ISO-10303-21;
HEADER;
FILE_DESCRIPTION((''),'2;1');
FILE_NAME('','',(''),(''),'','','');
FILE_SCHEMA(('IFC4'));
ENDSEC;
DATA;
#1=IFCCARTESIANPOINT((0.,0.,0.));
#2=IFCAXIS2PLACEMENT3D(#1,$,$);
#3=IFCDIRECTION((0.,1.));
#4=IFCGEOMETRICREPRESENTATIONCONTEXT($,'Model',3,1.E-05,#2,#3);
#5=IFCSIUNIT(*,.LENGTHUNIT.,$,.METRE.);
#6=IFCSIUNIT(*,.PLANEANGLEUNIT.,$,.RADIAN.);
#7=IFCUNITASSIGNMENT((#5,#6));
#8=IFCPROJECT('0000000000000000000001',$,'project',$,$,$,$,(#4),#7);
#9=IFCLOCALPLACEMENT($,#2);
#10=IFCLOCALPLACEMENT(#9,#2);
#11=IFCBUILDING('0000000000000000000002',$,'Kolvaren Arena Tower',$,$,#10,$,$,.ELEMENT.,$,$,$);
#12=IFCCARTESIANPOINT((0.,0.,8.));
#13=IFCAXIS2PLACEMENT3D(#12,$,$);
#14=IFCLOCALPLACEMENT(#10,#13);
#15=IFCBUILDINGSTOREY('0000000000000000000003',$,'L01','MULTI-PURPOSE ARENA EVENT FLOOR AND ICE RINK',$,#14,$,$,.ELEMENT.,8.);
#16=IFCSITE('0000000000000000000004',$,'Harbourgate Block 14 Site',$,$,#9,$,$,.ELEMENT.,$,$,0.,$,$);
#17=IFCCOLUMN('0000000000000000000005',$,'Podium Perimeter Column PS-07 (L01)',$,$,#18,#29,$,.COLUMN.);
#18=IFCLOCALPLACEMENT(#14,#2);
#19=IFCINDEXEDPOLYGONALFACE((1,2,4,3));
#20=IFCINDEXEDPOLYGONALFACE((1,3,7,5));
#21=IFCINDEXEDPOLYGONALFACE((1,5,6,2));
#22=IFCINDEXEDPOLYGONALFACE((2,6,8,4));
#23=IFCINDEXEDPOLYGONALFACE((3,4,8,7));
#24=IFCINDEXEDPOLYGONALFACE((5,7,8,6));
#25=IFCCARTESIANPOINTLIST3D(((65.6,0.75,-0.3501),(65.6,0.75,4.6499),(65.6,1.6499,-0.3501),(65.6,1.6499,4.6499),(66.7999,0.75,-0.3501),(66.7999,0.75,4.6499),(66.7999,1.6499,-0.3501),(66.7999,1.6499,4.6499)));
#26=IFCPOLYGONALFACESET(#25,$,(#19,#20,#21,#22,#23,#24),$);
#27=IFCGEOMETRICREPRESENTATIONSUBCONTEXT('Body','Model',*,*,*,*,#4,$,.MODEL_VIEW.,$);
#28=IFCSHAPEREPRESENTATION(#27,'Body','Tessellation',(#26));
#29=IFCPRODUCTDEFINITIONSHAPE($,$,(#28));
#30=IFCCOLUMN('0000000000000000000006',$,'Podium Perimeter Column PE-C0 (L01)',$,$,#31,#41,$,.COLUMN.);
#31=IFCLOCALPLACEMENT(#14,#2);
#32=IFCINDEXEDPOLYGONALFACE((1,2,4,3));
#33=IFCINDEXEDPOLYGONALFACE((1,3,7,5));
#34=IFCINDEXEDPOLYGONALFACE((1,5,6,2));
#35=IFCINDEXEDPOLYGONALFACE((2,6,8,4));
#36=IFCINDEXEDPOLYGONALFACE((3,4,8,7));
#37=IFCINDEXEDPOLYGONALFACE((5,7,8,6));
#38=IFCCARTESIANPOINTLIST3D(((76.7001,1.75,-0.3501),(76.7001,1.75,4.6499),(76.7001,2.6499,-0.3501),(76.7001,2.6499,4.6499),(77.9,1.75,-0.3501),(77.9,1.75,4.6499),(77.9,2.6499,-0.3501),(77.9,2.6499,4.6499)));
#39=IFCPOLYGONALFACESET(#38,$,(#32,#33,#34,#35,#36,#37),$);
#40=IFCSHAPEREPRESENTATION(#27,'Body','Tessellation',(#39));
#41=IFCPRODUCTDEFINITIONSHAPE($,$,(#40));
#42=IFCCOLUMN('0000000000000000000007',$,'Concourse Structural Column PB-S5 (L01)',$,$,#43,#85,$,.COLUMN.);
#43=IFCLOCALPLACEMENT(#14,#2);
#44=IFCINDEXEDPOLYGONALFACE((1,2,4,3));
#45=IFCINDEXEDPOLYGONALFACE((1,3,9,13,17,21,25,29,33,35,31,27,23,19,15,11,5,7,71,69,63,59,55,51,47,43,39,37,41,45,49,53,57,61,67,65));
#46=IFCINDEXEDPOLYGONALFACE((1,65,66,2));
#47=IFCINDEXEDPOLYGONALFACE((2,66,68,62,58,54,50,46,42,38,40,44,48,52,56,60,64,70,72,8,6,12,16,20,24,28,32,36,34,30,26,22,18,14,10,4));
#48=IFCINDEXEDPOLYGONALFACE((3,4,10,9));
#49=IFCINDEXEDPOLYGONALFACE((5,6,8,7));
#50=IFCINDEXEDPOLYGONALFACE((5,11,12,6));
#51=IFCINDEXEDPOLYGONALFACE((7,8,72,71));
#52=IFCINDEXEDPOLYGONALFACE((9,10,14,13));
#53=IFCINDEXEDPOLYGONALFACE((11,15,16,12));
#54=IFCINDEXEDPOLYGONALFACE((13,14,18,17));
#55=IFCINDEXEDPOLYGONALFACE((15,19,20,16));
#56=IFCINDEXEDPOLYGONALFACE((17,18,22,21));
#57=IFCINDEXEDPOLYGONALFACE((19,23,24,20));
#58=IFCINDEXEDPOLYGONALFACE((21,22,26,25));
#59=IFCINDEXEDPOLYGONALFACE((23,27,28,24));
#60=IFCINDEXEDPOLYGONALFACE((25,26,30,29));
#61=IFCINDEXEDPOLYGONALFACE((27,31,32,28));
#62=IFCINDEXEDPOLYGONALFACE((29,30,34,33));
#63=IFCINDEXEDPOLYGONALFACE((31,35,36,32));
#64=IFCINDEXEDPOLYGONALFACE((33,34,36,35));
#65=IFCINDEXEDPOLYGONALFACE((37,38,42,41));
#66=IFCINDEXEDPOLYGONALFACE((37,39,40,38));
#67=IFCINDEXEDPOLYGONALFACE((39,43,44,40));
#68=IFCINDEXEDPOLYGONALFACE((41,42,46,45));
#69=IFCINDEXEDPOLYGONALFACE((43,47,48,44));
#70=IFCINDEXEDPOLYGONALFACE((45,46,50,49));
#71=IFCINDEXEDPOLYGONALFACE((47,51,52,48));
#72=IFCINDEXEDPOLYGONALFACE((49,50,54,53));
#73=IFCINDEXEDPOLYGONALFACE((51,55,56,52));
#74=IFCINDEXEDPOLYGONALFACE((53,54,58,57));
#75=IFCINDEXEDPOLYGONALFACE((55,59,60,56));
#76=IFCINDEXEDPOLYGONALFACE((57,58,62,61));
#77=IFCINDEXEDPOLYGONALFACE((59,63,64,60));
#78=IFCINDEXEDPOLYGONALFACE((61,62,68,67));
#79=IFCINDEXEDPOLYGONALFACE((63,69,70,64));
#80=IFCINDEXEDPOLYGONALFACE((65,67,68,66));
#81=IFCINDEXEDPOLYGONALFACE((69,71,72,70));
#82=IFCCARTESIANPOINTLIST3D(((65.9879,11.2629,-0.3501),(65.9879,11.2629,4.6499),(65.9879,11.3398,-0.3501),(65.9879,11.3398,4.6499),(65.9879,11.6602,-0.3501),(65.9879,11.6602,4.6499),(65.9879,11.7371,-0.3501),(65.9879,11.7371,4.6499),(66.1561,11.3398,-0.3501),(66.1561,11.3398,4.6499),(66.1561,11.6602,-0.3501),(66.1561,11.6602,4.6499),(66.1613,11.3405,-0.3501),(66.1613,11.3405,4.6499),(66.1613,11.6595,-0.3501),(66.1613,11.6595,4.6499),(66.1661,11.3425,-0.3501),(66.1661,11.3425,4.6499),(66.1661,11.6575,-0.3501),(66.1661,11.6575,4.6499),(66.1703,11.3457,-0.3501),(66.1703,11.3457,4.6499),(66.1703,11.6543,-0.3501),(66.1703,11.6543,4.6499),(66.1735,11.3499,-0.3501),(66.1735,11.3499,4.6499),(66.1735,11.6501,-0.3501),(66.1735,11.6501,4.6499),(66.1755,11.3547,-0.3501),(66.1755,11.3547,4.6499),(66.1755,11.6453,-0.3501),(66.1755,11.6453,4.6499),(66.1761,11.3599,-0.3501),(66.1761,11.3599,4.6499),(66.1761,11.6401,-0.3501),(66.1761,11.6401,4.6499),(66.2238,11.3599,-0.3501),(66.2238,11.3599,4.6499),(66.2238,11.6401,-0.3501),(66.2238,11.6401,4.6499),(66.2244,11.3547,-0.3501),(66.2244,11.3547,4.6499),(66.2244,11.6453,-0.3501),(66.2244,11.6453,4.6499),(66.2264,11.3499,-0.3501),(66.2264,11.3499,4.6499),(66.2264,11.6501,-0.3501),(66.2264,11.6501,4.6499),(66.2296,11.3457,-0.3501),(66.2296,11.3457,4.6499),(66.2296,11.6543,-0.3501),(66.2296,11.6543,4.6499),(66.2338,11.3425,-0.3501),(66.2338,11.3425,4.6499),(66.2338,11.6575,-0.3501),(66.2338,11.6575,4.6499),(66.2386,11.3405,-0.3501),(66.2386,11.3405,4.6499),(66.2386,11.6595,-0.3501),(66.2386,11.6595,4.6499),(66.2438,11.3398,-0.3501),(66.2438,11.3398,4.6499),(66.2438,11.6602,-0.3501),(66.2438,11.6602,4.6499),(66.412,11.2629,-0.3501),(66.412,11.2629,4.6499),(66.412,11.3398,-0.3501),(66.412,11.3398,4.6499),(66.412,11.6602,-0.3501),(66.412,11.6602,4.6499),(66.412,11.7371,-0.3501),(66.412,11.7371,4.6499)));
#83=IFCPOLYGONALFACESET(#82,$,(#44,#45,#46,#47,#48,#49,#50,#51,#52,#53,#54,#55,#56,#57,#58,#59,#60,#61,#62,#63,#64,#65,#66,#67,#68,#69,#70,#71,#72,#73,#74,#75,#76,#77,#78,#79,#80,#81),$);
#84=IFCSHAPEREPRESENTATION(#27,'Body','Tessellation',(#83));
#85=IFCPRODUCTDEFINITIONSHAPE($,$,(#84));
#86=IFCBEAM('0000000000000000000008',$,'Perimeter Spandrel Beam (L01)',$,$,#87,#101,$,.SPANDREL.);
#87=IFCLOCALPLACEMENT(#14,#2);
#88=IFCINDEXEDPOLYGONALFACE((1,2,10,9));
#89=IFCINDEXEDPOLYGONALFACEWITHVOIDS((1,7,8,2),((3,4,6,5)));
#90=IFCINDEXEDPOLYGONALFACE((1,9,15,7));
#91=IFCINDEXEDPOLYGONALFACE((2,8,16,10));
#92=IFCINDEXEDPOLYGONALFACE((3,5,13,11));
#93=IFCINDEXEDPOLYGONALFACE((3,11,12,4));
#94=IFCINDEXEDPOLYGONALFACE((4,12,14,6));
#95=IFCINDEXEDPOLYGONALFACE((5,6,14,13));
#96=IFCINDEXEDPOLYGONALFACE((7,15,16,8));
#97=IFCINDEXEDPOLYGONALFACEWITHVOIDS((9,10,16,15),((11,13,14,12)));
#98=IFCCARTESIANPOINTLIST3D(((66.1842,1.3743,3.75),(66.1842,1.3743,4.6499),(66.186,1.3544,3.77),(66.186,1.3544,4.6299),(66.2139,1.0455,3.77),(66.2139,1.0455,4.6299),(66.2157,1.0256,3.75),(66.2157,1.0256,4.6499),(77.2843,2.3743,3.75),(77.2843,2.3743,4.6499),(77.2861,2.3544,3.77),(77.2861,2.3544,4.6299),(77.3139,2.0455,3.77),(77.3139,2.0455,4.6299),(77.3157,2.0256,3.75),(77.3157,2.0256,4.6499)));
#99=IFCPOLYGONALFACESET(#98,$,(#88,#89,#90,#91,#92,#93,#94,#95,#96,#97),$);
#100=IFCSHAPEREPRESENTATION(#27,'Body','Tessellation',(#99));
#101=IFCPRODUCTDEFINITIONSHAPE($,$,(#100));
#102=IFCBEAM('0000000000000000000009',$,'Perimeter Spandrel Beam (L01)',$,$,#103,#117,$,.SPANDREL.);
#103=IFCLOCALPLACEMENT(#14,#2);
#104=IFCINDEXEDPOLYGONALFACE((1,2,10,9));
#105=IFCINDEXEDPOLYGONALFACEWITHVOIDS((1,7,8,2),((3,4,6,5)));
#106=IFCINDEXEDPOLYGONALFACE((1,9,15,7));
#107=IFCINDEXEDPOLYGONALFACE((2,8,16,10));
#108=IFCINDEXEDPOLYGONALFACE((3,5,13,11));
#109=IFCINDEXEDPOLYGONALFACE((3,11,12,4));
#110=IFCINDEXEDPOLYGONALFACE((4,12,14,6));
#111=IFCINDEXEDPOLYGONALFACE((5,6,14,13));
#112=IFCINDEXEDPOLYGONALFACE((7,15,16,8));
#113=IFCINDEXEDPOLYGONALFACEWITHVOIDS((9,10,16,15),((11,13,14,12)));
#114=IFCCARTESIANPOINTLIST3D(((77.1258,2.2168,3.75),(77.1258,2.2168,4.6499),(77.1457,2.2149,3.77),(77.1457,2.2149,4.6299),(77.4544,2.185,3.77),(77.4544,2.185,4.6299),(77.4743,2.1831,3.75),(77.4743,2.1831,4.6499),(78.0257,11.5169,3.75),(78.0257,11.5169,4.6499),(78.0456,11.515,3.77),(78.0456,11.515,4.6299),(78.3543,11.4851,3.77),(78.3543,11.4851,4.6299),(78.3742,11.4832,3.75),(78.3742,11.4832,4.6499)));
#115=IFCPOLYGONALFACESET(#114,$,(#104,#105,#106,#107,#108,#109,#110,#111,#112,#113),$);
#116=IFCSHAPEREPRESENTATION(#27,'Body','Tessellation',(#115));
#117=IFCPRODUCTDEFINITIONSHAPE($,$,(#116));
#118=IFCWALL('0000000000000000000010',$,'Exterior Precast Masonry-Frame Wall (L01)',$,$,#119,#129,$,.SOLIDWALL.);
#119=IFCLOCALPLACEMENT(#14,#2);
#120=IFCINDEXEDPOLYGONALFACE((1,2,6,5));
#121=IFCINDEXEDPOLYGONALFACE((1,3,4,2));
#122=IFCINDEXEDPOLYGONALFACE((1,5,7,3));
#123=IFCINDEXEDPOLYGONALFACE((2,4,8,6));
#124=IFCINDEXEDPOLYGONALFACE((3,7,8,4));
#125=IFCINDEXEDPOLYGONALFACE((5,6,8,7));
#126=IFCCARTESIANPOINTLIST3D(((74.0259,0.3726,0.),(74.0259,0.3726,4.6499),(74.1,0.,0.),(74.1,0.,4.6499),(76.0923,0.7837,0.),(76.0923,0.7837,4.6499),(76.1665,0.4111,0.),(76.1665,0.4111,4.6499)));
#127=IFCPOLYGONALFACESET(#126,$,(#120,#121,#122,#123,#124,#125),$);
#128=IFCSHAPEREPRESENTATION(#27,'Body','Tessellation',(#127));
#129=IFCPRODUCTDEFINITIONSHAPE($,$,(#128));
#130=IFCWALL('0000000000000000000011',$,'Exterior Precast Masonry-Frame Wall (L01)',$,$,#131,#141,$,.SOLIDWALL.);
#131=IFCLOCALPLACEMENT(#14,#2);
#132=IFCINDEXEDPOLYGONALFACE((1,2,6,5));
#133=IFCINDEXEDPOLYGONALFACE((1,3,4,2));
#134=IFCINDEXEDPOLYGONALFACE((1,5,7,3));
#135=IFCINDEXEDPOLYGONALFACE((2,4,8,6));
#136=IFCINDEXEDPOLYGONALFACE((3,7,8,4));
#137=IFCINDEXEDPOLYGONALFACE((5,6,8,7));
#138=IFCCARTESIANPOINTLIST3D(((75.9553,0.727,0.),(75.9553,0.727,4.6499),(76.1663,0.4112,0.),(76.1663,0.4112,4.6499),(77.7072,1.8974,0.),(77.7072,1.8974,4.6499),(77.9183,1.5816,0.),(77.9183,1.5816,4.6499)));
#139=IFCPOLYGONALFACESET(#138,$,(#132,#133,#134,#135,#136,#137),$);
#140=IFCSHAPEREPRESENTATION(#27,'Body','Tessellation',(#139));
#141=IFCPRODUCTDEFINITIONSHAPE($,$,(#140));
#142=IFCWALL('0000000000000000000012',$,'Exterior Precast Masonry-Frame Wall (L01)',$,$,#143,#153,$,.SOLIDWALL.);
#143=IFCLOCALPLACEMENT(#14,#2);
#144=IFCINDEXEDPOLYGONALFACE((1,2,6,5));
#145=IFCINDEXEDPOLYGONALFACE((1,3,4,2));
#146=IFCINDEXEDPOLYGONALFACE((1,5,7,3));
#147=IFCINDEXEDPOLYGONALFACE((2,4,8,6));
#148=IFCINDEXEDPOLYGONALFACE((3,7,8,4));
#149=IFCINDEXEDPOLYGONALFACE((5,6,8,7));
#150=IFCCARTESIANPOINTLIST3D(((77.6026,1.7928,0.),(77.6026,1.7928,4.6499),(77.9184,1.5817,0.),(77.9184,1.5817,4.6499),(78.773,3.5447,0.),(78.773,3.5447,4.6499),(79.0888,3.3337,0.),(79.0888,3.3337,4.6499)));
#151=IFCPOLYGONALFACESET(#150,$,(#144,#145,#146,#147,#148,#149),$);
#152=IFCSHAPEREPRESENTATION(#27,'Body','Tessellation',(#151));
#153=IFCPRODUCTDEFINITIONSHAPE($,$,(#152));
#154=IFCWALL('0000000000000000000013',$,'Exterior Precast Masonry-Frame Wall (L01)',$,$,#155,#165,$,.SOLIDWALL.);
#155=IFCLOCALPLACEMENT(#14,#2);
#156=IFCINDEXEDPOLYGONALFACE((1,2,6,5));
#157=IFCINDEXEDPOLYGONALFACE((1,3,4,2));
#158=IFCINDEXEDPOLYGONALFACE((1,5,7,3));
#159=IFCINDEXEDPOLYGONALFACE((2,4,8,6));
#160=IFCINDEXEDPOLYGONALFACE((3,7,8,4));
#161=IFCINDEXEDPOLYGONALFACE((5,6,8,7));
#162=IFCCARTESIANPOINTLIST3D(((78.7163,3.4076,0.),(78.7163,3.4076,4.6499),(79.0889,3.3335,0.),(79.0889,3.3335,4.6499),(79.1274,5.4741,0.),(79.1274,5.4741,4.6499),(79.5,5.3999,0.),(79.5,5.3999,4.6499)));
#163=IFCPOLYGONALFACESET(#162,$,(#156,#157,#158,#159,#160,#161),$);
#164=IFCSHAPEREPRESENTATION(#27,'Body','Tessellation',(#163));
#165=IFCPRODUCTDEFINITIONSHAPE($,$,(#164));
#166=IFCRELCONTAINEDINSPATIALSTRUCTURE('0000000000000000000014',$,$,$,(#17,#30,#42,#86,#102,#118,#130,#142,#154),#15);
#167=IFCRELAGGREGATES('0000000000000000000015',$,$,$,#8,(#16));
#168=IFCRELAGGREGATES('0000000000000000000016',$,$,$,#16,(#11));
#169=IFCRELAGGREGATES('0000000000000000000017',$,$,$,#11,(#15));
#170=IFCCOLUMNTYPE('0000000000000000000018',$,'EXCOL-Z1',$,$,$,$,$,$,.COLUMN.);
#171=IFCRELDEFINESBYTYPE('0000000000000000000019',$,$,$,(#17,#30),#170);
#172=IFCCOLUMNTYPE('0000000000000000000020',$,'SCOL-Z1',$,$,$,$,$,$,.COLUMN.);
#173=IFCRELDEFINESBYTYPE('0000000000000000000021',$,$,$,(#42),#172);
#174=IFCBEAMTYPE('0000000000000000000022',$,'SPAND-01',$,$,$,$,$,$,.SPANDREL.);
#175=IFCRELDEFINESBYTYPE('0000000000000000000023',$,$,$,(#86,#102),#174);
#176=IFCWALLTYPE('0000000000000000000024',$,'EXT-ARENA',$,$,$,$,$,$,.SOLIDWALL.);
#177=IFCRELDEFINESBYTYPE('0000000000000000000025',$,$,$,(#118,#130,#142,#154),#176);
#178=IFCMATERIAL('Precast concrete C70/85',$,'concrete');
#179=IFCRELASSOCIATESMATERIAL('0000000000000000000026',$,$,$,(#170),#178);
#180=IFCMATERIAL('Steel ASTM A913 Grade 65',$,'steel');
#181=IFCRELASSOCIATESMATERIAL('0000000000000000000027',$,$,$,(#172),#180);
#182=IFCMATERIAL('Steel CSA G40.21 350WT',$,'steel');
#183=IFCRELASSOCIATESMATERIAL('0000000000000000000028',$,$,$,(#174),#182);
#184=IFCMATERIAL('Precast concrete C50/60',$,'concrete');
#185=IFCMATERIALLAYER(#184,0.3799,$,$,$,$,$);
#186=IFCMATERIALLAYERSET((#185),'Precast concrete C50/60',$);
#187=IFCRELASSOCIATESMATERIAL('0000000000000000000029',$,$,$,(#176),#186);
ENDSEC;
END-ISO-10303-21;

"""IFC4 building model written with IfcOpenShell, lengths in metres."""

from ifc_helpers import new_model, si_unit, direction, frame, frame_2d, origin, origin_2d, place, context, subcontext, project, spatial, rectangle, hollow_rectangle, i_section, extrude, material, layer, layer_set, material_profile, profile_set, type_object, element, save


model = new_model("IFC4")

# Units and contexts
model_context = context("Model", 3, precision=1e-05, world=origin(), true_north=direction((0.0, 1.0)))
body_context = subcontext(model_context, "Body", "Model", "MODEL_VIEW")
ifc_project = project(units=[si_unit("LENGTHUNIT", "METRE"), si_unit("PLANEANGLEUNIT", "RADIAN")], contexts=[model_context])

# Site, building, storey
site_placement = place(None, origin())
site = spatial("IfcSite", under=ifc_project, at=site_placement, Name="Harbourgate Block 14 Site", CompositionType="ELEMENT", RefElevation=0.0)
building_placement = place(site_placement, origin())
building = spatial("IfcBuilding", under=site, at=building_placement, Name="Kolvaren Arena Tower", CompositionType="ELEMENT")
storey_placement = place(building_placement, frame((0.0, 0.0, 8.0)))
storey = spatial("IfcBuildingStorey", under=building, at=storey_placement, Name="L01", Description="MULTI-PURPOSE ARENA EVENT FLOOR AND ICE RINK", CompositionType="ELEMENT", Elevation=8.0)

# Columns
ifc_material_1 = material(Name="Precast concrete C70/85", Category="concrete")
ifc_material_profile_1 = material_profile(ifc_material_1, rectangle(XDim=1.2, YDim=0.8999, at=origin_2d()), Name="RC-1200x900")
ifc_profile_set_1 = profile_set([ifc_material_profile_1], Name="Precast concrete C70/85")
column_type_1 = type_object("IfcColumnType", Name="EXCOL-Z1", PredefinedType="COLUMN", material=ifc_profile_set_1)
for number, where, z_axis, x_axis, name in (
    (1, (66.2, 1.2, -0.3501), (0.0, 0.0, 1.0), (1.0, 0.0, 0.0), "Podium Perimeter Column PS-07 (L01)"),
    (2, (77.3, 2.2, -0.3501), (0.0, 0.0, 1.0), (1.0, 0.0, 0.0), "Podium Perimeter Column PE-C0 (L01)"),
):
    element("IfcColumn", number, at=place(storey_placement, frame(where, z_axis=z_axis, x_axis=x_axis)), inside=storey, type_object=column_type_1, Name=name, PredefinedType="COLUMN", context=body_context, shape_type="SweptSolid", body=[
        extrude(rectangle(XDim=1.2, YDim=0.8999, at=origin_2d()), origin(), (0.0, 0.0, 1.0), 5.0),
    ])
ifc_material_2 = material(Name="Steel ASTM A913 Grade 65", Category="steel")
ifc_material_profile_2 = material_profile(ifc_material_2, i_section(OverallWidth=0.4241, OverallDepth=0.4741, WebThickness=0.0476, FlangeThickness=0.0769, FilletRadius=0.02, at=origin_2d()), Name="W360x634")
ifc_profile_set_2 = profile_set([ifc_material_profile_2], Name="Steel ASTM A913 Grade 65")
column_type_2 = type_object("IfcColumnType", Name="SCOL-Z1", PredefinedType="COLUMN", material=ifc_profile_set_2)
column_placement = place(storey_placement, frame((66.2, 11.5, -0.3501), z_axis=(0.0, 0.0, 1.0), x_axis=(1.0, 0.0, 0.0)))
element("IfcColumn", 3, at=column_placement, inside=storey, type_object=column_type_2, Name="Concourse Structural Column PB-S5 (L01)", PredefinedType="COLUMN", context=body_context, shape_type="SweptSolid", body=[
    extrude(i_section(OverallWidth=0.4241, OverallDepth=0.4741, WebThickness=0.0476, FlangeThickness=0.0769, FilletRadius=0.02, at=origin_2d()), origin(), (0.0, 0.0, 1.0), 5.0),
])

# Beams
ifc_material_3 = material(Name="Steel CSA G40.21 350WT", Category="steel")
ifc_material_profile_3 = material_profile(ifc_material_3, hollow_rectangle(XDim=0.3501, YDim=0.8999, WallThickness=0.02, at=origin_2d()), Name="HSS 900x350x20")
ifc_profile_set_3 = profile_set([ifc_material_profile_3], Name="Steel CSA G40.21 350WT")
beam_type = type_object("IfcBeamType", Name="SPAND-01", PredefinedType="SPANDREL", material=ifc_profile_set_3)
beam_1_placement = place(storey_placement, frame((66.2, 1.2, 4.2), z_axis=(0.995966, 0.089726, 0.0), x_axis=(-0.089726, 0.995966, 0.0)))
element("IfcBeam", 4, at=beam_1_placement, inside=storey, type_object=beam_type, Name="Perimeter Spandrel Beam (L01)", PredefinedType="SPANDREL", context=body_context, shape_type="SweptSolid", body=[
    extrude(hollow_rectangle(XDim=0.3501, YDim=0.8999, WallThickness=0.02, at=origin_2d()), origin(), (0.0, 0.0, 1.0), 11.145),
])
beam_2_placement = place(storey_placement, frame((77.3, 2.2, 4.2), z_axis=(0.096313, 0.995351, 0.0), x_axis=(-0.995351, 0.096313, 0.0)))
element("IfcBeam", 5, at=beam_2_placement, inside=storey, type_object=beam_type, Name="Perimeter Spandrel Beam (L01)", PredefinedType="SPANDREL", context=body_context, shape_type="SweptSolid", body=[
    extrude(hollow_rectangle(XDim=0.3501, YDim=0.8999, WallThickness=0.02, at=origin_2d()), origin(), (0.0, 0.0, 1.0), 9.3435),
])

# Walls
ifc_material_4 = material(Name="Precast concrete C50/60", Category="concrete")
ifc_layer_1 = layer(ifc_material_4, 0.3799)
ifc_layer_set_1 = layer_set([ifc_layer_1], Name="Precast concrete C50/60")
wall_type_1 = type_object("IfcWallType", Name="EXT-ARENA", PredefinedType="SOLIDWALL", material=ifc_layer_set_1)
for number, where, z_axis, x_axis, name in (
    (6, (76.1294, 0.5974, 0.0), (0.0, 0.0, 1.0), (-0.980776, -0.195136, 0.0), "Exterior Precast Masonry-Frame Wall (L01)"),
    (7, (77.8127, 1.7395, 0.0), (0.0, 0.0, 1.0), (-0.831515, -0.555502, 0.0), "Exterior Precast Masonry-Frame Wall (L01)"),
    (8, (78.9309, 3.4392, 0.0), (0.0, 0.0, 1.0), (-0.555502, -0.831515, 0.0), "Exterior Precast Masonry-Frame Wall (L01)"),
    (9, (79.3137, 5.437, 0.0), (0.0, 0.0, 1.0), (-0.195136, -0.980776, 0.0), "Exterior Precast Masonry-Frame Wall (L01)"),
):
    element("IfcWall", number, at=place(storey_placement, frame(where, z_axis=z_axis, x_axis=x_axis)), inside=storey, type_object=wall_type_1, Name=name, PredefinedType="SOLIDWALL", context=body_context, shape_type="SweptSolid", body=[
        extrude(rectangle(XDim=2.1069, YDim=0.3799, at=frame_2d((1.0535, 0.0))), origin(), (0.0, 0.0, 1.0), 4.6499),
    ])

save(model, "model.ifc")
